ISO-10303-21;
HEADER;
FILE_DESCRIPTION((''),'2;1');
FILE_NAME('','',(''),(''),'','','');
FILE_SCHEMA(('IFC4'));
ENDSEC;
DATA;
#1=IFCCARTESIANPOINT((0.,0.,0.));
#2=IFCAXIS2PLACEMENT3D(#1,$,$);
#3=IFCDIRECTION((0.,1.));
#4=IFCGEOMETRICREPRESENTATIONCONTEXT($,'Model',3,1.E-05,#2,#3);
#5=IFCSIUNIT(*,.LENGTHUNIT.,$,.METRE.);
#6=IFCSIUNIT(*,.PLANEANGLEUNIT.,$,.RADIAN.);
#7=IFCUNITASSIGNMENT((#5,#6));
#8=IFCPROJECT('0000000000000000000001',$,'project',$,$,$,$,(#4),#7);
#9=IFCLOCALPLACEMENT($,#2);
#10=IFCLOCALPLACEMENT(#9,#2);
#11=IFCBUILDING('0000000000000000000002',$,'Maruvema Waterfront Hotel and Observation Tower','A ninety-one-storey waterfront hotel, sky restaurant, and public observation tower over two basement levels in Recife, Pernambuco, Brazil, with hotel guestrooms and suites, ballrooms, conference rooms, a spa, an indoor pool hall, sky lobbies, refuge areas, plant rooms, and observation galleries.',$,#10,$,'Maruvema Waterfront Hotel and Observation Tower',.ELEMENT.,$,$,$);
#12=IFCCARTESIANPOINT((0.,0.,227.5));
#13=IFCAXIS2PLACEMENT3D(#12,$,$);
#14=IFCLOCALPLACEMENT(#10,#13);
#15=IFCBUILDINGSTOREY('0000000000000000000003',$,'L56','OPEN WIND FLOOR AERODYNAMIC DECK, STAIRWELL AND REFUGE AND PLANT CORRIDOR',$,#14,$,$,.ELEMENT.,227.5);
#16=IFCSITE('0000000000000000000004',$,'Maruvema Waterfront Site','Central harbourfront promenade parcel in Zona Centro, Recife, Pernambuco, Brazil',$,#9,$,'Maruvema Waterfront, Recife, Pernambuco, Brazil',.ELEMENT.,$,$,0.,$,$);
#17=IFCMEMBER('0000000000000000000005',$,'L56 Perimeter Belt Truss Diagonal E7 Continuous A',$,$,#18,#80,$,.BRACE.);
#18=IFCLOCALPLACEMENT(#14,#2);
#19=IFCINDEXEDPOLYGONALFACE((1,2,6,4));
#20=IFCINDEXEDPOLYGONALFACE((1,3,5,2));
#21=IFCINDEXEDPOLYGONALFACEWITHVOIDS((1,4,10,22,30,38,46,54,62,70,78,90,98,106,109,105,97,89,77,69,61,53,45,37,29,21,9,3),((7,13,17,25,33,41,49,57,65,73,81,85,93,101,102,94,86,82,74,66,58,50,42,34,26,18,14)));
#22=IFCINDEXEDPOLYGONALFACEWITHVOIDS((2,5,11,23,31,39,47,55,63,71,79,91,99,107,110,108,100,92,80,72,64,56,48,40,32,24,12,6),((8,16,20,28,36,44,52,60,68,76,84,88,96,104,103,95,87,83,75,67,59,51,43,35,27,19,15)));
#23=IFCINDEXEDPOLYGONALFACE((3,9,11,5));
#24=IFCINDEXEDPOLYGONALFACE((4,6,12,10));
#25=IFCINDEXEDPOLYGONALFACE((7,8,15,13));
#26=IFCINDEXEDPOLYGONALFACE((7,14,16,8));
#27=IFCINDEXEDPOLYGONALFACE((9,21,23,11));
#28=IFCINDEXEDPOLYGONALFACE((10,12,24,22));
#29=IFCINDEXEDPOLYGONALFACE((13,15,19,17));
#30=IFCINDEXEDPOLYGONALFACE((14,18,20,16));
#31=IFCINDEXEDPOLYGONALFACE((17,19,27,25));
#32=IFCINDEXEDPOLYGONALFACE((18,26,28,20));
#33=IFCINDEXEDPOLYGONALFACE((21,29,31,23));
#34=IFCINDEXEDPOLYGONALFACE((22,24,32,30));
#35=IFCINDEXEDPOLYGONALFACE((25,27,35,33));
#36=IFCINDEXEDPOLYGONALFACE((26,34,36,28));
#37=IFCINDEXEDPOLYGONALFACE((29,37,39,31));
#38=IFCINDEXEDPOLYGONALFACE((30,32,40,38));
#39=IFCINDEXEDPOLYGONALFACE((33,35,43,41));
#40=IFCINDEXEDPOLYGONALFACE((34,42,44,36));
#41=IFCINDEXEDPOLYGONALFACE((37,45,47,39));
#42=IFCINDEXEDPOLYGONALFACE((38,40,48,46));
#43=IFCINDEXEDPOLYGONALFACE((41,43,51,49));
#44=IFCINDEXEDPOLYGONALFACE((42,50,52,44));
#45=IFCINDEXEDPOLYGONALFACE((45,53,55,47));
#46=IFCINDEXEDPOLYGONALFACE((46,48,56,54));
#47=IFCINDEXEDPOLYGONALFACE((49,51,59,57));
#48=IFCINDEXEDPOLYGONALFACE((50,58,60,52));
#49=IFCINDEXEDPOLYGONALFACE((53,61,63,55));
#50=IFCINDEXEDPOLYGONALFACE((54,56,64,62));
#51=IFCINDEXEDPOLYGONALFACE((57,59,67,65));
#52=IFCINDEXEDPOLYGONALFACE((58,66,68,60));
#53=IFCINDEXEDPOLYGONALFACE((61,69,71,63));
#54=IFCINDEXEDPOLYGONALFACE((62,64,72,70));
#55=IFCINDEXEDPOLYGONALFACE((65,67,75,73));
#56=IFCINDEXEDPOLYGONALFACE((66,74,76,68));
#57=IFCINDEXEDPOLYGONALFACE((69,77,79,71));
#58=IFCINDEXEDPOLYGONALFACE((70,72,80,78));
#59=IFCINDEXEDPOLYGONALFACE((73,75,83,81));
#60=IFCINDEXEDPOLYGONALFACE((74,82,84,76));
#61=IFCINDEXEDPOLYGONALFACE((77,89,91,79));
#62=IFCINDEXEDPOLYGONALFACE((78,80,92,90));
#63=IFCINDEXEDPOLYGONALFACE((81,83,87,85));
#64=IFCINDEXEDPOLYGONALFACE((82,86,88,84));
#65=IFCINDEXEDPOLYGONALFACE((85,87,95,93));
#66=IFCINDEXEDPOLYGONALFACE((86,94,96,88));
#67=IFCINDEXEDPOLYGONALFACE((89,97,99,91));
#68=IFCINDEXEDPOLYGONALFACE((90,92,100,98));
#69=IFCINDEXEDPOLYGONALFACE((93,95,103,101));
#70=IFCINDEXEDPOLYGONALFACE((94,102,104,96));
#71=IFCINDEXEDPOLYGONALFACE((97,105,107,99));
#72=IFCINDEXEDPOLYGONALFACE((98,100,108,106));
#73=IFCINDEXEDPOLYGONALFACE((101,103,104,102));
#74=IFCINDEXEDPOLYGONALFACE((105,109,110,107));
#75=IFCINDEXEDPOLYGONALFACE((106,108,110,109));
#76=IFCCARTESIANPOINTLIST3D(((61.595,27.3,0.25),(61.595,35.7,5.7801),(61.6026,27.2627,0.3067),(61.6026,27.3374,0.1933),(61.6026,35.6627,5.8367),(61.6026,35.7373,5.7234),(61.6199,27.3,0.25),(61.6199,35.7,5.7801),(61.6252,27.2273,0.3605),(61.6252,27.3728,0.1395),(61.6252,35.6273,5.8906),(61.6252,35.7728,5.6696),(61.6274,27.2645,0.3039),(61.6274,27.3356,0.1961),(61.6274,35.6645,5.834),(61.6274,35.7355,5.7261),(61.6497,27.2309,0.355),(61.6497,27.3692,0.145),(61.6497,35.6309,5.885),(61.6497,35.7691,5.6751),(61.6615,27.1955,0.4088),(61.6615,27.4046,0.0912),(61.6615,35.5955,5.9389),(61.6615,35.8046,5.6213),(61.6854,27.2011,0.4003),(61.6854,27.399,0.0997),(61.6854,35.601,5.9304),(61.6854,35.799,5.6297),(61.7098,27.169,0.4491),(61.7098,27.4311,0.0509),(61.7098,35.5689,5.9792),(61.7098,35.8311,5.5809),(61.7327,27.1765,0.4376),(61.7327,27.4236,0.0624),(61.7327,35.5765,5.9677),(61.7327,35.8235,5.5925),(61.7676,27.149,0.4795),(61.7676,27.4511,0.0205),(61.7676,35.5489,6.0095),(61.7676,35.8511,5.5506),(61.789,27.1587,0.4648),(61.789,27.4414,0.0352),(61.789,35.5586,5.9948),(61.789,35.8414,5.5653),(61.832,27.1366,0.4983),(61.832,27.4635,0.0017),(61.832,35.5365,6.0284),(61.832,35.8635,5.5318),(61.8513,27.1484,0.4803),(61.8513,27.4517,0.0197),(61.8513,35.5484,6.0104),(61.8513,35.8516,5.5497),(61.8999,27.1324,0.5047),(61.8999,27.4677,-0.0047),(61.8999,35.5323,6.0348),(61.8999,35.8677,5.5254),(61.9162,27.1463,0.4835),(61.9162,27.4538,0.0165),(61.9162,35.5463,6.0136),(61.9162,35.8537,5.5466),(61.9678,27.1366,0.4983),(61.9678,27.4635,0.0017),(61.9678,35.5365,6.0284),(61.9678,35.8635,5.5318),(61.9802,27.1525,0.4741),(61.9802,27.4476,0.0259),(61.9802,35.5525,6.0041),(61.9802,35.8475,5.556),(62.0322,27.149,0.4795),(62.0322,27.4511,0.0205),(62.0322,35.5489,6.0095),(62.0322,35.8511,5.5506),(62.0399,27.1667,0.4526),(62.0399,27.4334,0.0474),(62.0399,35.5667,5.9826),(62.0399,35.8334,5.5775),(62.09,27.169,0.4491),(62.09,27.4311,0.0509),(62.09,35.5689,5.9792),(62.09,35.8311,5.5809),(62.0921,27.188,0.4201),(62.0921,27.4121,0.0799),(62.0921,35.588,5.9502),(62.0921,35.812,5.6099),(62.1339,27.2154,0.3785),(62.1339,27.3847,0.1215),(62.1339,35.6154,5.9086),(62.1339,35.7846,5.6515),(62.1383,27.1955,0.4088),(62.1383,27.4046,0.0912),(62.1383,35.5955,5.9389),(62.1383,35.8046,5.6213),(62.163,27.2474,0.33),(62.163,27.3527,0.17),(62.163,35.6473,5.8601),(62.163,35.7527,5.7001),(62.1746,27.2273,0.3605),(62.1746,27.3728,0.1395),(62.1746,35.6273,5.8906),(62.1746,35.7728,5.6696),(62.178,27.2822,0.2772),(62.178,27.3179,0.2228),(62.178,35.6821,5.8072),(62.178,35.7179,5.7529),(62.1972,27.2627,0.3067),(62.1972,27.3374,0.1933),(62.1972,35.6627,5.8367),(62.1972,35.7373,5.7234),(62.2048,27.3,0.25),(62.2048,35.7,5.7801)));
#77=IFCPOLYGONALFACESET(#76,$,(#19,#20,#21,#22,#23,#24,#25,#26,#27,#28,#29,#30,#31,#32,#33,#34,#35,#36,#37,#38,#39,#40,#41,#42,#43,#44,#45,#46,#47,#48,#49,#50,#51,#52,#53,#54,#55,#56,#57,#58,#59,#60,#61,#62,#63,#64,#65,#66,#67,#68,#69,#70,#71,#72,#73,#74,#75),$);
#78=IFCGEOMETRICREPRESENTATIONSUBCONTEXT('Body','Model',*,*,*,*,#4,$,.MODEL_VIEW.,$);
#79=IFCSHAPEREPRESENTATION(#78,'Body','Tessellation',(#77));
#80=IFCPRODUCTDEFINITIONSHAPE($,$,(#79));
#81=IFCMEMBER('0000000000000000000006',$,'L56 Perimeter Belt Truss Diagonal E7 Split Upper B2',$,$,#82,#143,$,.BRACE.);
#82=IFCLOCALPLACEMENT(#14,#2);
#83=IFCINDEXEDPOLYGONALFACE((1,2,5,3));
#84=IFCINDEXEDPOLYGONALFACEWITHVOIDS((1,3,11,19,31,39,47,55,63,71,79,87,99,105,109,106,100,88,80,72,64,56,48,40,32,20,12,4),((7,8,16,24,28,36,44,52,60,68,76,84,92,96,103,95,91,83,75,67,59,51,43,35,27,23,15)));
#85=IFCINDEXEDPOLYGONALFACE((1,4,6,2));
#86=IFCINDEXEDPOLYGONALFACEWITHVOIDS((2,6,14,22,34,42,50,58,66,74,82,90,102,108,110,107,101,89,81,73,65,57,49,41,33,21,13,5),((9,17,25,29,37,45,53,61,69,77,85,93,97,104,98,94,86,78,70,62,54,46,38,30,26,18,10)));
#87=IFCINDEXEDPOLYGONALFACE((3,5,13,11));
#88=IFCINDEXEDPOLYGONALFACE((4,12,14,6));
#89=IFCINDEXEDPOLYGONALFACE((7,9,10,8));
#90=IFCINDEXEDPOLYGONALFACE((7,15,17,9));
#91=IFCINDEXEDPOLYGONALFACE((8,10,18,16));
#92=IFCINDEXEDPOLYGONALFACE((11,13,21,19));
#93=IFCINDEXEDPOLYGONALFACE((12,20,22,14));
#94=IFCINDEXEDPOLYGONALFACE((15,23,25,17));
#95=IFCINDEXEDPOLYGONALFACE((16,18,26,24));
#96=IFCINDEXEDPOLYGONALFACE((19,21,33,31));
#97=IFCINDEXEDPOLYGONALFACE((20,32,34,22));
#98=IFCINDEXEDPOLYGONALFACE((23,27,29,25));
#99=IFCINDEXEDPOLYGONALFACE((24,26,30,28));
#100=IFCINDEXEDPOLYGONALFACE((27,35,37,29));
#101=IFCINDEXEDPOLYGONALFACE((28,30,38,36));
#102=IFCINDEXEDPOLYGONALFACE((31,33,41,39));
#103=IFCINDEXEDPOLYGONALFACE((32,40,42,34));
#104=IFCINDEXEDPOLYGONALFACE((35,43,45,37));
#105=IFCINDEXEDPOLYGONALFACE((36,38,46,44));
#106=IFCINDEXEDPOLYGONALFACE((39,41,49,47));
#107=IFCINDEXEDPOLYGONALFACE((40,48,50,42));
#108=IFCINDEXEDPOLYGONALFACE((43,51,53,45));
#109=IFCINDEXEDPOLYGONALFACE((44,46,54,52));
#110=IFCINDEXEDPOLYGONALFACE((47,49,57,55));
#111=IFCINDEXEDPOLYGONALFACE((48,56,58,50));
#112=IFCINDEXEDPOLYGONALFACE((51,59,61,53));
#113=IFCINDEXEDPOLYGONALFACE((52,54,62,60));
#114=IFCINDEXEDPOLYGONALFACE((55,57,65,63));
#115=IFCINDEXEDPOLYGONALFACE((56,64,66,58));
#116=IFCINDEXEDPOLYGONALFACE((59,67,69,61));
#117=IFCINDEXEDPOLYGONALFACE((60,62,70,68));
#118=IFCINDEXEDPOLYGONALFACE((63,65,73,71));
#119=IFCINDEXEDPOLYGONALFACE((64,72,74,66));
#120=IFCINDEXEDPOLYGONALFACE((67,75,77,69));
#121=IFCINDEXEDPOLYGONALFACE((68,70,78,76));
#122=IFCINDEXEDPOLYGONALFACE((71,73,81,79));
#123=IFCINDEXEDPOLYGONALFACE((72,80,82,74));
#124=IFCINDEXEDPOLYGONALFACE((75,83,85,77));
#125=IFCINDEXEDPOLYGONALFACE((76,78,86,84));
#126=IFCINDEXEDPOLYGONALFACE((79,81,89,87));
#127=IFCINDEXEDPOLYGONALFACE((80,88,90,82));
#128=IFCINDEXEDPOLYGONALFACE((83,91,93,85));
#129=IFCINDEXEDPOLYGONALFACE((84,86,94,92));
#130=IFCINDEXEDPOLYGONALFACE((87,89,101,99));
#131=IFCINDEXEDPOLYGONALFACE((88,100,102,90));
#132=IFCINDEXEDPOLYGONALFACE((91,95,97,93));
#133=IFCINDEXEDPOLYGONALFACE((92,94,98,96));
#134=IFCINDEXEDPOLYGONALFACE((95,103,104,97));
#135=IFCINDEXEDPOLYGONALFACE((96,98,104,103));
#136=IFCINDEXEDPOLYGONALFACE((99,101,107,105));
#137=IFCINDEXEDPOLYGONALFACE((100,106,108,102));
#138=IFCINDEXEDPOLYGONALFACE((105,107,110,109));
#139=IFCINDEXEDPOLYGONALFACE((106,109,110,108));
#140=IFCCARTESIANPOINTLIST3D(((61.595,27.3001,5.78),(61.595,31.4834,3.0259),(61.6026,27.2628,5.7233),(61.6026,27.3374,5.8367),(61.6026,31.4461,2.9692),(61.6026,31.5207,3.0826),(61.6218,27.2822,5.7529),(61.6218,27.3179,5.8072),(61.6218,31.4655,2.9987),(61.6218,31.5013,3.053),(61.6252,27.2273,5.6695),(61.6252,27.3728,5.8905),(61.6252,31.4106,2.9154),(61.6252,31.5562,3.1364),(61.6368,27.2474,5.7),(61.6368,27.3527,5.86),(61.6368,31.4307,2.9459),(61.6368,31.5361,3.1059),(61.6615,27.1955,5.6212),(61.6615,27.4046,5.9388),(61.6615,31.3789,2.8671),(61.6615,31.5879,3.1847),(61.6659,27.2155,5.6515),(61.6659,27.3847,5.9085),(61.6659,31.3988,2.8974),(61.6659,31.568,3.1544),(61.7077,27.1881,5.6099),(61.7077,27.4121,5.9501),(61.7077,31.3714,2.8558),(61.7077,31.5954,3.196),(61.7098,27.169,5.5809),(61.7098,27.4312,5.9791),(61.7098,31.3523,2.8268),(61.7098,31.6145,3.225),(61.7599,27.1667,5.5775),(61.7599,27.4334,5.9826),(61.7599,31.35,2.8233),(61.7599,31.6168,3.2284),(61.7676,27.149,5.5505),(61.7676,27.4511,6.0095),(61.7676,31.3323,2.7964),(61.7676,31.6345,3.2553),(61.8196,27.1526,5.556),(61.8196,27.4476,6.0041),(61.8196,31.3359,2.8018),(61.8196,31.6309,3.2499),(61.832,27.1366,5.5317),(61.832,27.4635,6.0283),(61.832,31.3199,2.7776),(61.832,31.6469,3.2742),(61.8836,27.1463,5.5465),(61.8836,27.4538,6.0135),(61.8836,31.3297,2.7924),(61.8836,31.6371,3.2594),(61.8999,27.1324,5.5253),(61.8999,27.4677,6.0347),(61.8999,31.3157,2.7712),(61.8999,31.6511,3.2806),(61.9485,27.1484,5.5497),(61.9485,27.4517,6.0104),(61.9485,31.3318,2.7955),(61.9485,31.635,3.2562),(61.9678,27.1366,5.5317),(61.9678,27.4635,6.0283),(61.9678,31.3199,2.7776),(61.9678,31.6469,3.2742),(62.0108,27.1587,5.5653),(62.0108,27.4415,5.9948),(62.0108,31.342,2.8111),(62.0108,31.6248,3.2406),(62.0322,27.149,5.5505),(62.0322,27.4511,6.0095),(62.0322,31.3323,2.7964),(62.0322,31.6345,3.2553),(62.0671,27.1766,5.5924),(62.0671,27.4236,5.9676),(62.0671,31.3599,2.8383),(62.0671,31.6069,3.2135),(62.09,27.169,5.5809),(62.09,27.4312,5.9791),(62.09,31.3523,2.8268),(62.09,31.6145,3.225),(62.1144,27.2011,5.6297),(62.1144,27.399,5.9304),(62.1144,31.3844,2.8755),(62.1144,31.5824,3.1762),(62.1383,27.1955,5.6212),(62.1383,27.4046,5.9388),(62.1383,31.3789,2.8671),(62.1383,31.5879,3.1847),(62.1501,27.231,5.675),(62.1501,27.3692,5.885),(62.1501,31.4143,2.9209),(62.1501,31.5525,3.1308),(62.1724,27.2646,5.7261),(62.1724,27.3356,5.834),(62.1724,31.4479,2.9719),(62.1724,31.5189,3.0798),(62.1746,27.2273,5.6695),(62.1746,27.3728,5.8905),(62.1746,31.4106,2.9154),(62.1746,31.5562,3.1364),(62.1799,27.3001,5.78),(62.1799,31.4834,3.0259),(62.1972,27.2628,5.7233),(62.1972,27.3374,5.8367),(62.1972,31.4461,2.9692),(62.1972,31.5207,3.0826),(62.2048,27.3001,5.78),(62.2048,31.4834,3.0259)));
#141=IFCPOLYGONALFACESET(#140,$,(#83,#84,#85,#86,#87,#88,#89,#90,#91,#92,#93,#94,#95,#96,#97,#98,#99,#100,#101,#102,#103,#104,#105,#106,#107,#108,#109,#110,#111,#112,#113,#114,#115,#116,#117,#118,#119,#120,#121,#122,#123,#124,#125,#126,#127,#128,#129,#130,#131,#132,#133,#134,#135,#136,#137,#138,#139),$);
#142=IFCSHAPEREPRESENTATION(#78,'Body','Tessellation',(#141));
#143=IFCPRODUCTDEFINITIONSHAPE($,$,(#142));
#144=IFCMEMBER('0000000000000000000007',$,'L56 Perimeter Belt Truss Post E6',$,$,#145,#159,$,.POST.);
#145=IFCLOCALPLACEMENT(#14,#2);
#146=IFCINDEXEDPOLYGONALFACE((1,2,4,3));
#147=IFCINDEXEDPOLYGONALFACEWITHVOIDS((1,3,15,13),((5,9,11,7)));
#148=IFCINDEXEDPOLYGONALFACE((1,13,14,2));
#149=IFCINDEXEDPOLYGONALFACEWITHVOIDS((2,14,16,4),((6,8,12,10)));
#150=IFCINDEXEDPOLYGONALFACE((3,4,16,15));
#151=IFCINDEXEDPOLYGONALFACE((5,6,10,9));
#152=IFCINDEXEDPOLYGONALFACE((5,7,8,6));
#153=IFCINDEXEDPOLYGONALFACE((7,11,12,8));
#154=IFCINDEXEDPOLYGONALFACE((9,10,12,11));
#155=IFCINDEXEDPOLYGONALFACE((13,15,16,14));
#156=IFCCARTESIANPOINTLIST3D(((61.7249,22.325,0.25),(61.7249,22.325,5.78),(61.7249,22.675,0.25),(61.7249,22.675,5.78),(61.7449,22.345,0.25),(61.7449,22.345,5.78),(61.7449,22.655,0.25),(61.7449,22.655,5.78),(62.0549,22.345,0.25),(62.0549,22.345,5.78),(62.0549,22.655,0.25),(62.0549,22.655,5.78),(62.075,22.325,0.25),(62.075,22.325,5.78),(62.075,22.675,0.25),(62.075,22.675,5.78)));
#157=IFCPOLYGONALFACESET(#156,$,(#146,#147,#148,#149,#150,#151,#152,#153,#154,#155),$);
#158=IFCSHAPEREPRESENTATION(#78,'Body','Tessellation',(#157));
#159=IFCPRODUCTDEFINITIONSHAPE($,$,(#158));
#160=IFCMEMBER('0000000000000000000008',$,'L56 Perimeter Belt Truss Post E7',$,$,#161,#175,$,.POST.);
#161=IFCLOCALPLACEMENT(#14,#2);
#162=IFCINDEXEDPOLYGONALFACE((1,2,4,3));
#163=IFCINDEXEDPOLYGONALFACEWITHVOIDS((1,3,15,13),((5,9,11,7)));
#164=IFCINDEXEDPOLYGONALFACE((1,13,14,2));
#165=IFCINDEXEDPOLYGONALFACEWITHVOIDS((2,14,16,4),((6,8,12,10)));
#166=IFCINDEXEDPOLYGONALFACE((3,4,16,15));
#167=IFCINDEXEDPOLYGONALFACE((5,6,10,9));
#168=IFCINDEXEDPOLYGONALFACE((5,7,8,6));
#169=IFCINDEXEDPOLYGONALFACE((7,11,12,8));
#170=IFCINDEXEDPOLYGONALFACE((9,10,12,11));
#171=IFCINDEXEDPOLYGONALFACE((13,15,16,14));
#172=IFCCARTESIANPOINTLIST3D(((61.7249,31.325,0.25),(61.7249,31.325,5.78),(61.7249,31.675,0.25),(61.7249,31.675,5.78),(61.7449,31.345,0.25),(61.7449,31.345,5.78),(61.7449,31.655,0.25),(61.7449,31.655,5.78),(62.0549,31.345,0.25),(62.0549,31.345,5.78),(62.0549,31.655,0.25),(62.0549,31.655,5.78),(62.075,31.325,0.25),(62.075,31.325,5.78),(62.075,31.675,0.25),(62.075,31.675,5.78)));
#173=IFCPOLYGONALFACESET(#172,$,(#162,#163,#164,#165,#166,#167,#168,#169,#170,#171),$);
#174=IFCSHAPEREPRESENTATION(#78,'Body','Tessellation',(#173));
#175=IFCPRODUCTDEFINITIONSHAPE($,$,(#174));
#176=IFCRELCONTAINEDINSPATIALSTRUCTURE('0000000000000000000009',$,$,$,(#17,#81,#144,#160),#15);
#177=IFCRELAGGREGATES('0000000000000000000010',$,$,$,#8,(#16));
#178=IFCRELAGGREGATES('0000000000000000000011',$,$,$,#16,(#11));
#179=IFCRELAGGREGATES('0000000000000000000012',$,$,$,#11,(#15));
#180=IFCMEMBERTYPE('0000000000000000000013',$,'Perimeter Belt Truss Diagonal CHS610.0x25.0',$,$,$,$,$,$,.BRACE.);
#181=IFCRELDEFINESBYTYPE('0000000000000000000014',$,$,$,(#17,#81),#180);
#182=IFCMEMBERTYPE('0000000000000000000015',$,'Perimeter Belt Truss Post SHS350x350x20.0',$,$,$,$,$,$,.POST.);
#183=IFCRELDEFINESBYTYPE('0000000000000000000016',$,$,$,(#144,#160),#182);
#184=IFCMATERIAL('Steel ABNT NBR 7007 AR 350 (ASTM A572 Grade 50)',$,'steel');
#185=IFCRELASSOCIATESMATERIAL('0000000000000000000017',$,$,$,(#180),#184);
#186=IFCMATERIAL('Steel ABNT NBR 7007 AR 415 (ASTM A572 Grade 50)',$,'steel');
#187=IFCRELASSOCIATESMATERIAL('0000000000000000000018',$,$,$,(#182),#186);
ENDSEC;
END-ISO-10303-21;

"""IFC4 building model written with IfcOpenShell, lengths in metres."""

from ifc_helpers import new_model, si_unit, direction, frame, origin, origin_2d, place, context, subcontext, project, spatial, hollow_rectangle, hollow_circle, extrude, material, material_profile, profile_set, type_object, element, save


model = new_model("IFC4")

# Units and contexts
model_context = context("Model", 3, precision=1e-05, world=origin(), true_north=direction((0.0, 1.0)))
body_context = subcontext(model_context, "Body", "Model", "MODEL_VIEW")
ifc_project = project(units=[si_unit("LENGTHUNIT", "METRE"), si_unit("PLANEANGLEUNIT", "RADIAN")], contexts=[model_context])

# Site, building, storey
site_placement = place(None, origin())
site = spatial("IfcSite", under=ifc_project, at=site_placement, Name="Maruvema Waterfront Site", Description="Central harbourfront promenade parcel in Zona Centro, Recife, Pernambuco, Brazil", LongName="Maruvema Waterfront, Recife, Pernambuco, Brazil", CompositionType="ELEMENT", RefElevation=0.0)
building_placement = place(site_placement, origin())
building = spatial("IfcBuilding", under=site, at=building_placement, Name="Maruvema Waterfront Hotel and Observation Tower", Description="A ninety-one-storey waterfront hotel, sky restaurant, and public observation tower over two basement levels in Recife, Pernambuco, Brazil, with hotel guestrooms and suites, ballrooms, conference rooms, a spa, an indoor pool hall, sky lobbies, refuge areas, plant rooms, and observation galleries.", LongName="Maruvema Waterfront Hotel and Observation Tower", CompositionType="ELEMENT")
storey_placement = place(building_placement, frame((0.0, 0.0, 227.5)))
storey = spatial("IfcBuildingStorey", under=building, at=storey_placement, Name="L56", Description="OPEN WIND FLOOR AERODYNAMIC DECK, STAIRWELL AND REFUGE AND PLANT CORRIDOR", CompositionType="ELEMENT", Elevation=227.5)

# Members
ifc_material_1 = material(Name="Steel ABNT NBR 7007 AR 350 (ASTM A572 Grade 50)", Category="steel")
ifc_material_profile_1 = material_profile(ifc_material_1, hollow_circle(Radius=0.3049, WallThickness=0.0249, at=origin_2d()), Name="CHS610.0x25.0")
ifc_profile_set_1 = profile_set([ifc_material_profile_1], Name="Steel ABNT NBR 7007 AR 350 (ASTM A572 Grade 50)")
member_type_1 = type_object("IfcMemberType", Name="Perimeter Belt Truss Diagonal CHS610.0x25.0", PredefinedType="BRACE", material=ifc_profile_set_1)
member_1_placement = place(storey_placement, frame((61.8999, 27.3, 0.25), z_axis=(0.0, 0.835245, 0.549879), x_axis=(-1.0, 0.0, 0.0)))
element("IfcMember", 1, at=member_1_placement, inside=storey, type_object=member_type_1, Name="L56 Perimeter Belt Truss Diagonal E7 Continuous A", PredefinedType="BRACE", context=body_context, shape_type="SweptSolid", body=[
    extrude(hollow_circle(Radius=0.3049, WallThickness=0.0249, at=origin_2d()), origin(), (0.0, 0.0, 1.0), 10.0569),
])
member_2_placement = place(storey_placement, frame((61.8999, 31.4834, 3.0259), z_axis=(0.0, -0.835239, 0.549888), x_axis=(1.0, 0.0, 0.0)))
element("IfcMember", 2, at=member_2_placement, inside=storey, type_object=member_type_1, Name="L56 Perimeter Belt Truss Diagonal E7 Split Upper B2", PredefinedType="BRACE", context=body_context, shape_type="SweptSolid", body=[
    extrude(hollow_circle(Radius=0.3049, WallThickness=0.0249, at=origin_2d()), origin(), (0.0, 0.0, 1.0), 5.0085),
])
ifc_material_2 = material(Name="Steel ABNT NBR 7007 AR 415 (ASTM A572 Grade 50)", Category="steel")
ifc_material_profile_2 = material_profile(ifc_material_2, hollow_rectangle(XDim=0.3501, YDim=0.3501, WallThickness=0.02, at=origin_2d()), Name="SHS350x350x20.0")
ifc_profile_set_2 = profile_set([ifc_material_profile_2], Name="Steel ABNT NBR 7007 AR 415 (ASTM A572 Grade 50)")
member_type_2 = type_object("IfcMemberType", Name="Perimeter Belt Truss Post SHS350x350x20.0", PredefinedType="POST", material=ifc_profile_set_2)
for number, where, z_axis, x_axis, name in (
    (3, (61.8999, 22.5, 0.25), (0.0, 0.0, 1.0), (1.0, 0.0, 0.0), "L56 Perimeter Belt Truss Post E6"),
    (4, (61.8999, 31.5, 0.25), (0.0, 0.0, 1.0), (1.0, 0.0, 0.0), "L56 Perimeter Belt Truss Post E7"),
):
    element("IfcMember", number, at=place(storey_placement, frame(where, z_axis=z_axis, x_axis=x_axis)), inside=storey, type_object=member_type_2, Name=name, PredefinedType="POST", context=body_context, shape_type="SweptSolid", body=[
        extrude(hollow_rectangle(XDim=0.3501, YDim=0.3501, WallThickness=0.02, at=origin_2d()), origin(), (0.0, 0.0, 1.0), 5.53),
    ])

save(model, "model.ifc")
